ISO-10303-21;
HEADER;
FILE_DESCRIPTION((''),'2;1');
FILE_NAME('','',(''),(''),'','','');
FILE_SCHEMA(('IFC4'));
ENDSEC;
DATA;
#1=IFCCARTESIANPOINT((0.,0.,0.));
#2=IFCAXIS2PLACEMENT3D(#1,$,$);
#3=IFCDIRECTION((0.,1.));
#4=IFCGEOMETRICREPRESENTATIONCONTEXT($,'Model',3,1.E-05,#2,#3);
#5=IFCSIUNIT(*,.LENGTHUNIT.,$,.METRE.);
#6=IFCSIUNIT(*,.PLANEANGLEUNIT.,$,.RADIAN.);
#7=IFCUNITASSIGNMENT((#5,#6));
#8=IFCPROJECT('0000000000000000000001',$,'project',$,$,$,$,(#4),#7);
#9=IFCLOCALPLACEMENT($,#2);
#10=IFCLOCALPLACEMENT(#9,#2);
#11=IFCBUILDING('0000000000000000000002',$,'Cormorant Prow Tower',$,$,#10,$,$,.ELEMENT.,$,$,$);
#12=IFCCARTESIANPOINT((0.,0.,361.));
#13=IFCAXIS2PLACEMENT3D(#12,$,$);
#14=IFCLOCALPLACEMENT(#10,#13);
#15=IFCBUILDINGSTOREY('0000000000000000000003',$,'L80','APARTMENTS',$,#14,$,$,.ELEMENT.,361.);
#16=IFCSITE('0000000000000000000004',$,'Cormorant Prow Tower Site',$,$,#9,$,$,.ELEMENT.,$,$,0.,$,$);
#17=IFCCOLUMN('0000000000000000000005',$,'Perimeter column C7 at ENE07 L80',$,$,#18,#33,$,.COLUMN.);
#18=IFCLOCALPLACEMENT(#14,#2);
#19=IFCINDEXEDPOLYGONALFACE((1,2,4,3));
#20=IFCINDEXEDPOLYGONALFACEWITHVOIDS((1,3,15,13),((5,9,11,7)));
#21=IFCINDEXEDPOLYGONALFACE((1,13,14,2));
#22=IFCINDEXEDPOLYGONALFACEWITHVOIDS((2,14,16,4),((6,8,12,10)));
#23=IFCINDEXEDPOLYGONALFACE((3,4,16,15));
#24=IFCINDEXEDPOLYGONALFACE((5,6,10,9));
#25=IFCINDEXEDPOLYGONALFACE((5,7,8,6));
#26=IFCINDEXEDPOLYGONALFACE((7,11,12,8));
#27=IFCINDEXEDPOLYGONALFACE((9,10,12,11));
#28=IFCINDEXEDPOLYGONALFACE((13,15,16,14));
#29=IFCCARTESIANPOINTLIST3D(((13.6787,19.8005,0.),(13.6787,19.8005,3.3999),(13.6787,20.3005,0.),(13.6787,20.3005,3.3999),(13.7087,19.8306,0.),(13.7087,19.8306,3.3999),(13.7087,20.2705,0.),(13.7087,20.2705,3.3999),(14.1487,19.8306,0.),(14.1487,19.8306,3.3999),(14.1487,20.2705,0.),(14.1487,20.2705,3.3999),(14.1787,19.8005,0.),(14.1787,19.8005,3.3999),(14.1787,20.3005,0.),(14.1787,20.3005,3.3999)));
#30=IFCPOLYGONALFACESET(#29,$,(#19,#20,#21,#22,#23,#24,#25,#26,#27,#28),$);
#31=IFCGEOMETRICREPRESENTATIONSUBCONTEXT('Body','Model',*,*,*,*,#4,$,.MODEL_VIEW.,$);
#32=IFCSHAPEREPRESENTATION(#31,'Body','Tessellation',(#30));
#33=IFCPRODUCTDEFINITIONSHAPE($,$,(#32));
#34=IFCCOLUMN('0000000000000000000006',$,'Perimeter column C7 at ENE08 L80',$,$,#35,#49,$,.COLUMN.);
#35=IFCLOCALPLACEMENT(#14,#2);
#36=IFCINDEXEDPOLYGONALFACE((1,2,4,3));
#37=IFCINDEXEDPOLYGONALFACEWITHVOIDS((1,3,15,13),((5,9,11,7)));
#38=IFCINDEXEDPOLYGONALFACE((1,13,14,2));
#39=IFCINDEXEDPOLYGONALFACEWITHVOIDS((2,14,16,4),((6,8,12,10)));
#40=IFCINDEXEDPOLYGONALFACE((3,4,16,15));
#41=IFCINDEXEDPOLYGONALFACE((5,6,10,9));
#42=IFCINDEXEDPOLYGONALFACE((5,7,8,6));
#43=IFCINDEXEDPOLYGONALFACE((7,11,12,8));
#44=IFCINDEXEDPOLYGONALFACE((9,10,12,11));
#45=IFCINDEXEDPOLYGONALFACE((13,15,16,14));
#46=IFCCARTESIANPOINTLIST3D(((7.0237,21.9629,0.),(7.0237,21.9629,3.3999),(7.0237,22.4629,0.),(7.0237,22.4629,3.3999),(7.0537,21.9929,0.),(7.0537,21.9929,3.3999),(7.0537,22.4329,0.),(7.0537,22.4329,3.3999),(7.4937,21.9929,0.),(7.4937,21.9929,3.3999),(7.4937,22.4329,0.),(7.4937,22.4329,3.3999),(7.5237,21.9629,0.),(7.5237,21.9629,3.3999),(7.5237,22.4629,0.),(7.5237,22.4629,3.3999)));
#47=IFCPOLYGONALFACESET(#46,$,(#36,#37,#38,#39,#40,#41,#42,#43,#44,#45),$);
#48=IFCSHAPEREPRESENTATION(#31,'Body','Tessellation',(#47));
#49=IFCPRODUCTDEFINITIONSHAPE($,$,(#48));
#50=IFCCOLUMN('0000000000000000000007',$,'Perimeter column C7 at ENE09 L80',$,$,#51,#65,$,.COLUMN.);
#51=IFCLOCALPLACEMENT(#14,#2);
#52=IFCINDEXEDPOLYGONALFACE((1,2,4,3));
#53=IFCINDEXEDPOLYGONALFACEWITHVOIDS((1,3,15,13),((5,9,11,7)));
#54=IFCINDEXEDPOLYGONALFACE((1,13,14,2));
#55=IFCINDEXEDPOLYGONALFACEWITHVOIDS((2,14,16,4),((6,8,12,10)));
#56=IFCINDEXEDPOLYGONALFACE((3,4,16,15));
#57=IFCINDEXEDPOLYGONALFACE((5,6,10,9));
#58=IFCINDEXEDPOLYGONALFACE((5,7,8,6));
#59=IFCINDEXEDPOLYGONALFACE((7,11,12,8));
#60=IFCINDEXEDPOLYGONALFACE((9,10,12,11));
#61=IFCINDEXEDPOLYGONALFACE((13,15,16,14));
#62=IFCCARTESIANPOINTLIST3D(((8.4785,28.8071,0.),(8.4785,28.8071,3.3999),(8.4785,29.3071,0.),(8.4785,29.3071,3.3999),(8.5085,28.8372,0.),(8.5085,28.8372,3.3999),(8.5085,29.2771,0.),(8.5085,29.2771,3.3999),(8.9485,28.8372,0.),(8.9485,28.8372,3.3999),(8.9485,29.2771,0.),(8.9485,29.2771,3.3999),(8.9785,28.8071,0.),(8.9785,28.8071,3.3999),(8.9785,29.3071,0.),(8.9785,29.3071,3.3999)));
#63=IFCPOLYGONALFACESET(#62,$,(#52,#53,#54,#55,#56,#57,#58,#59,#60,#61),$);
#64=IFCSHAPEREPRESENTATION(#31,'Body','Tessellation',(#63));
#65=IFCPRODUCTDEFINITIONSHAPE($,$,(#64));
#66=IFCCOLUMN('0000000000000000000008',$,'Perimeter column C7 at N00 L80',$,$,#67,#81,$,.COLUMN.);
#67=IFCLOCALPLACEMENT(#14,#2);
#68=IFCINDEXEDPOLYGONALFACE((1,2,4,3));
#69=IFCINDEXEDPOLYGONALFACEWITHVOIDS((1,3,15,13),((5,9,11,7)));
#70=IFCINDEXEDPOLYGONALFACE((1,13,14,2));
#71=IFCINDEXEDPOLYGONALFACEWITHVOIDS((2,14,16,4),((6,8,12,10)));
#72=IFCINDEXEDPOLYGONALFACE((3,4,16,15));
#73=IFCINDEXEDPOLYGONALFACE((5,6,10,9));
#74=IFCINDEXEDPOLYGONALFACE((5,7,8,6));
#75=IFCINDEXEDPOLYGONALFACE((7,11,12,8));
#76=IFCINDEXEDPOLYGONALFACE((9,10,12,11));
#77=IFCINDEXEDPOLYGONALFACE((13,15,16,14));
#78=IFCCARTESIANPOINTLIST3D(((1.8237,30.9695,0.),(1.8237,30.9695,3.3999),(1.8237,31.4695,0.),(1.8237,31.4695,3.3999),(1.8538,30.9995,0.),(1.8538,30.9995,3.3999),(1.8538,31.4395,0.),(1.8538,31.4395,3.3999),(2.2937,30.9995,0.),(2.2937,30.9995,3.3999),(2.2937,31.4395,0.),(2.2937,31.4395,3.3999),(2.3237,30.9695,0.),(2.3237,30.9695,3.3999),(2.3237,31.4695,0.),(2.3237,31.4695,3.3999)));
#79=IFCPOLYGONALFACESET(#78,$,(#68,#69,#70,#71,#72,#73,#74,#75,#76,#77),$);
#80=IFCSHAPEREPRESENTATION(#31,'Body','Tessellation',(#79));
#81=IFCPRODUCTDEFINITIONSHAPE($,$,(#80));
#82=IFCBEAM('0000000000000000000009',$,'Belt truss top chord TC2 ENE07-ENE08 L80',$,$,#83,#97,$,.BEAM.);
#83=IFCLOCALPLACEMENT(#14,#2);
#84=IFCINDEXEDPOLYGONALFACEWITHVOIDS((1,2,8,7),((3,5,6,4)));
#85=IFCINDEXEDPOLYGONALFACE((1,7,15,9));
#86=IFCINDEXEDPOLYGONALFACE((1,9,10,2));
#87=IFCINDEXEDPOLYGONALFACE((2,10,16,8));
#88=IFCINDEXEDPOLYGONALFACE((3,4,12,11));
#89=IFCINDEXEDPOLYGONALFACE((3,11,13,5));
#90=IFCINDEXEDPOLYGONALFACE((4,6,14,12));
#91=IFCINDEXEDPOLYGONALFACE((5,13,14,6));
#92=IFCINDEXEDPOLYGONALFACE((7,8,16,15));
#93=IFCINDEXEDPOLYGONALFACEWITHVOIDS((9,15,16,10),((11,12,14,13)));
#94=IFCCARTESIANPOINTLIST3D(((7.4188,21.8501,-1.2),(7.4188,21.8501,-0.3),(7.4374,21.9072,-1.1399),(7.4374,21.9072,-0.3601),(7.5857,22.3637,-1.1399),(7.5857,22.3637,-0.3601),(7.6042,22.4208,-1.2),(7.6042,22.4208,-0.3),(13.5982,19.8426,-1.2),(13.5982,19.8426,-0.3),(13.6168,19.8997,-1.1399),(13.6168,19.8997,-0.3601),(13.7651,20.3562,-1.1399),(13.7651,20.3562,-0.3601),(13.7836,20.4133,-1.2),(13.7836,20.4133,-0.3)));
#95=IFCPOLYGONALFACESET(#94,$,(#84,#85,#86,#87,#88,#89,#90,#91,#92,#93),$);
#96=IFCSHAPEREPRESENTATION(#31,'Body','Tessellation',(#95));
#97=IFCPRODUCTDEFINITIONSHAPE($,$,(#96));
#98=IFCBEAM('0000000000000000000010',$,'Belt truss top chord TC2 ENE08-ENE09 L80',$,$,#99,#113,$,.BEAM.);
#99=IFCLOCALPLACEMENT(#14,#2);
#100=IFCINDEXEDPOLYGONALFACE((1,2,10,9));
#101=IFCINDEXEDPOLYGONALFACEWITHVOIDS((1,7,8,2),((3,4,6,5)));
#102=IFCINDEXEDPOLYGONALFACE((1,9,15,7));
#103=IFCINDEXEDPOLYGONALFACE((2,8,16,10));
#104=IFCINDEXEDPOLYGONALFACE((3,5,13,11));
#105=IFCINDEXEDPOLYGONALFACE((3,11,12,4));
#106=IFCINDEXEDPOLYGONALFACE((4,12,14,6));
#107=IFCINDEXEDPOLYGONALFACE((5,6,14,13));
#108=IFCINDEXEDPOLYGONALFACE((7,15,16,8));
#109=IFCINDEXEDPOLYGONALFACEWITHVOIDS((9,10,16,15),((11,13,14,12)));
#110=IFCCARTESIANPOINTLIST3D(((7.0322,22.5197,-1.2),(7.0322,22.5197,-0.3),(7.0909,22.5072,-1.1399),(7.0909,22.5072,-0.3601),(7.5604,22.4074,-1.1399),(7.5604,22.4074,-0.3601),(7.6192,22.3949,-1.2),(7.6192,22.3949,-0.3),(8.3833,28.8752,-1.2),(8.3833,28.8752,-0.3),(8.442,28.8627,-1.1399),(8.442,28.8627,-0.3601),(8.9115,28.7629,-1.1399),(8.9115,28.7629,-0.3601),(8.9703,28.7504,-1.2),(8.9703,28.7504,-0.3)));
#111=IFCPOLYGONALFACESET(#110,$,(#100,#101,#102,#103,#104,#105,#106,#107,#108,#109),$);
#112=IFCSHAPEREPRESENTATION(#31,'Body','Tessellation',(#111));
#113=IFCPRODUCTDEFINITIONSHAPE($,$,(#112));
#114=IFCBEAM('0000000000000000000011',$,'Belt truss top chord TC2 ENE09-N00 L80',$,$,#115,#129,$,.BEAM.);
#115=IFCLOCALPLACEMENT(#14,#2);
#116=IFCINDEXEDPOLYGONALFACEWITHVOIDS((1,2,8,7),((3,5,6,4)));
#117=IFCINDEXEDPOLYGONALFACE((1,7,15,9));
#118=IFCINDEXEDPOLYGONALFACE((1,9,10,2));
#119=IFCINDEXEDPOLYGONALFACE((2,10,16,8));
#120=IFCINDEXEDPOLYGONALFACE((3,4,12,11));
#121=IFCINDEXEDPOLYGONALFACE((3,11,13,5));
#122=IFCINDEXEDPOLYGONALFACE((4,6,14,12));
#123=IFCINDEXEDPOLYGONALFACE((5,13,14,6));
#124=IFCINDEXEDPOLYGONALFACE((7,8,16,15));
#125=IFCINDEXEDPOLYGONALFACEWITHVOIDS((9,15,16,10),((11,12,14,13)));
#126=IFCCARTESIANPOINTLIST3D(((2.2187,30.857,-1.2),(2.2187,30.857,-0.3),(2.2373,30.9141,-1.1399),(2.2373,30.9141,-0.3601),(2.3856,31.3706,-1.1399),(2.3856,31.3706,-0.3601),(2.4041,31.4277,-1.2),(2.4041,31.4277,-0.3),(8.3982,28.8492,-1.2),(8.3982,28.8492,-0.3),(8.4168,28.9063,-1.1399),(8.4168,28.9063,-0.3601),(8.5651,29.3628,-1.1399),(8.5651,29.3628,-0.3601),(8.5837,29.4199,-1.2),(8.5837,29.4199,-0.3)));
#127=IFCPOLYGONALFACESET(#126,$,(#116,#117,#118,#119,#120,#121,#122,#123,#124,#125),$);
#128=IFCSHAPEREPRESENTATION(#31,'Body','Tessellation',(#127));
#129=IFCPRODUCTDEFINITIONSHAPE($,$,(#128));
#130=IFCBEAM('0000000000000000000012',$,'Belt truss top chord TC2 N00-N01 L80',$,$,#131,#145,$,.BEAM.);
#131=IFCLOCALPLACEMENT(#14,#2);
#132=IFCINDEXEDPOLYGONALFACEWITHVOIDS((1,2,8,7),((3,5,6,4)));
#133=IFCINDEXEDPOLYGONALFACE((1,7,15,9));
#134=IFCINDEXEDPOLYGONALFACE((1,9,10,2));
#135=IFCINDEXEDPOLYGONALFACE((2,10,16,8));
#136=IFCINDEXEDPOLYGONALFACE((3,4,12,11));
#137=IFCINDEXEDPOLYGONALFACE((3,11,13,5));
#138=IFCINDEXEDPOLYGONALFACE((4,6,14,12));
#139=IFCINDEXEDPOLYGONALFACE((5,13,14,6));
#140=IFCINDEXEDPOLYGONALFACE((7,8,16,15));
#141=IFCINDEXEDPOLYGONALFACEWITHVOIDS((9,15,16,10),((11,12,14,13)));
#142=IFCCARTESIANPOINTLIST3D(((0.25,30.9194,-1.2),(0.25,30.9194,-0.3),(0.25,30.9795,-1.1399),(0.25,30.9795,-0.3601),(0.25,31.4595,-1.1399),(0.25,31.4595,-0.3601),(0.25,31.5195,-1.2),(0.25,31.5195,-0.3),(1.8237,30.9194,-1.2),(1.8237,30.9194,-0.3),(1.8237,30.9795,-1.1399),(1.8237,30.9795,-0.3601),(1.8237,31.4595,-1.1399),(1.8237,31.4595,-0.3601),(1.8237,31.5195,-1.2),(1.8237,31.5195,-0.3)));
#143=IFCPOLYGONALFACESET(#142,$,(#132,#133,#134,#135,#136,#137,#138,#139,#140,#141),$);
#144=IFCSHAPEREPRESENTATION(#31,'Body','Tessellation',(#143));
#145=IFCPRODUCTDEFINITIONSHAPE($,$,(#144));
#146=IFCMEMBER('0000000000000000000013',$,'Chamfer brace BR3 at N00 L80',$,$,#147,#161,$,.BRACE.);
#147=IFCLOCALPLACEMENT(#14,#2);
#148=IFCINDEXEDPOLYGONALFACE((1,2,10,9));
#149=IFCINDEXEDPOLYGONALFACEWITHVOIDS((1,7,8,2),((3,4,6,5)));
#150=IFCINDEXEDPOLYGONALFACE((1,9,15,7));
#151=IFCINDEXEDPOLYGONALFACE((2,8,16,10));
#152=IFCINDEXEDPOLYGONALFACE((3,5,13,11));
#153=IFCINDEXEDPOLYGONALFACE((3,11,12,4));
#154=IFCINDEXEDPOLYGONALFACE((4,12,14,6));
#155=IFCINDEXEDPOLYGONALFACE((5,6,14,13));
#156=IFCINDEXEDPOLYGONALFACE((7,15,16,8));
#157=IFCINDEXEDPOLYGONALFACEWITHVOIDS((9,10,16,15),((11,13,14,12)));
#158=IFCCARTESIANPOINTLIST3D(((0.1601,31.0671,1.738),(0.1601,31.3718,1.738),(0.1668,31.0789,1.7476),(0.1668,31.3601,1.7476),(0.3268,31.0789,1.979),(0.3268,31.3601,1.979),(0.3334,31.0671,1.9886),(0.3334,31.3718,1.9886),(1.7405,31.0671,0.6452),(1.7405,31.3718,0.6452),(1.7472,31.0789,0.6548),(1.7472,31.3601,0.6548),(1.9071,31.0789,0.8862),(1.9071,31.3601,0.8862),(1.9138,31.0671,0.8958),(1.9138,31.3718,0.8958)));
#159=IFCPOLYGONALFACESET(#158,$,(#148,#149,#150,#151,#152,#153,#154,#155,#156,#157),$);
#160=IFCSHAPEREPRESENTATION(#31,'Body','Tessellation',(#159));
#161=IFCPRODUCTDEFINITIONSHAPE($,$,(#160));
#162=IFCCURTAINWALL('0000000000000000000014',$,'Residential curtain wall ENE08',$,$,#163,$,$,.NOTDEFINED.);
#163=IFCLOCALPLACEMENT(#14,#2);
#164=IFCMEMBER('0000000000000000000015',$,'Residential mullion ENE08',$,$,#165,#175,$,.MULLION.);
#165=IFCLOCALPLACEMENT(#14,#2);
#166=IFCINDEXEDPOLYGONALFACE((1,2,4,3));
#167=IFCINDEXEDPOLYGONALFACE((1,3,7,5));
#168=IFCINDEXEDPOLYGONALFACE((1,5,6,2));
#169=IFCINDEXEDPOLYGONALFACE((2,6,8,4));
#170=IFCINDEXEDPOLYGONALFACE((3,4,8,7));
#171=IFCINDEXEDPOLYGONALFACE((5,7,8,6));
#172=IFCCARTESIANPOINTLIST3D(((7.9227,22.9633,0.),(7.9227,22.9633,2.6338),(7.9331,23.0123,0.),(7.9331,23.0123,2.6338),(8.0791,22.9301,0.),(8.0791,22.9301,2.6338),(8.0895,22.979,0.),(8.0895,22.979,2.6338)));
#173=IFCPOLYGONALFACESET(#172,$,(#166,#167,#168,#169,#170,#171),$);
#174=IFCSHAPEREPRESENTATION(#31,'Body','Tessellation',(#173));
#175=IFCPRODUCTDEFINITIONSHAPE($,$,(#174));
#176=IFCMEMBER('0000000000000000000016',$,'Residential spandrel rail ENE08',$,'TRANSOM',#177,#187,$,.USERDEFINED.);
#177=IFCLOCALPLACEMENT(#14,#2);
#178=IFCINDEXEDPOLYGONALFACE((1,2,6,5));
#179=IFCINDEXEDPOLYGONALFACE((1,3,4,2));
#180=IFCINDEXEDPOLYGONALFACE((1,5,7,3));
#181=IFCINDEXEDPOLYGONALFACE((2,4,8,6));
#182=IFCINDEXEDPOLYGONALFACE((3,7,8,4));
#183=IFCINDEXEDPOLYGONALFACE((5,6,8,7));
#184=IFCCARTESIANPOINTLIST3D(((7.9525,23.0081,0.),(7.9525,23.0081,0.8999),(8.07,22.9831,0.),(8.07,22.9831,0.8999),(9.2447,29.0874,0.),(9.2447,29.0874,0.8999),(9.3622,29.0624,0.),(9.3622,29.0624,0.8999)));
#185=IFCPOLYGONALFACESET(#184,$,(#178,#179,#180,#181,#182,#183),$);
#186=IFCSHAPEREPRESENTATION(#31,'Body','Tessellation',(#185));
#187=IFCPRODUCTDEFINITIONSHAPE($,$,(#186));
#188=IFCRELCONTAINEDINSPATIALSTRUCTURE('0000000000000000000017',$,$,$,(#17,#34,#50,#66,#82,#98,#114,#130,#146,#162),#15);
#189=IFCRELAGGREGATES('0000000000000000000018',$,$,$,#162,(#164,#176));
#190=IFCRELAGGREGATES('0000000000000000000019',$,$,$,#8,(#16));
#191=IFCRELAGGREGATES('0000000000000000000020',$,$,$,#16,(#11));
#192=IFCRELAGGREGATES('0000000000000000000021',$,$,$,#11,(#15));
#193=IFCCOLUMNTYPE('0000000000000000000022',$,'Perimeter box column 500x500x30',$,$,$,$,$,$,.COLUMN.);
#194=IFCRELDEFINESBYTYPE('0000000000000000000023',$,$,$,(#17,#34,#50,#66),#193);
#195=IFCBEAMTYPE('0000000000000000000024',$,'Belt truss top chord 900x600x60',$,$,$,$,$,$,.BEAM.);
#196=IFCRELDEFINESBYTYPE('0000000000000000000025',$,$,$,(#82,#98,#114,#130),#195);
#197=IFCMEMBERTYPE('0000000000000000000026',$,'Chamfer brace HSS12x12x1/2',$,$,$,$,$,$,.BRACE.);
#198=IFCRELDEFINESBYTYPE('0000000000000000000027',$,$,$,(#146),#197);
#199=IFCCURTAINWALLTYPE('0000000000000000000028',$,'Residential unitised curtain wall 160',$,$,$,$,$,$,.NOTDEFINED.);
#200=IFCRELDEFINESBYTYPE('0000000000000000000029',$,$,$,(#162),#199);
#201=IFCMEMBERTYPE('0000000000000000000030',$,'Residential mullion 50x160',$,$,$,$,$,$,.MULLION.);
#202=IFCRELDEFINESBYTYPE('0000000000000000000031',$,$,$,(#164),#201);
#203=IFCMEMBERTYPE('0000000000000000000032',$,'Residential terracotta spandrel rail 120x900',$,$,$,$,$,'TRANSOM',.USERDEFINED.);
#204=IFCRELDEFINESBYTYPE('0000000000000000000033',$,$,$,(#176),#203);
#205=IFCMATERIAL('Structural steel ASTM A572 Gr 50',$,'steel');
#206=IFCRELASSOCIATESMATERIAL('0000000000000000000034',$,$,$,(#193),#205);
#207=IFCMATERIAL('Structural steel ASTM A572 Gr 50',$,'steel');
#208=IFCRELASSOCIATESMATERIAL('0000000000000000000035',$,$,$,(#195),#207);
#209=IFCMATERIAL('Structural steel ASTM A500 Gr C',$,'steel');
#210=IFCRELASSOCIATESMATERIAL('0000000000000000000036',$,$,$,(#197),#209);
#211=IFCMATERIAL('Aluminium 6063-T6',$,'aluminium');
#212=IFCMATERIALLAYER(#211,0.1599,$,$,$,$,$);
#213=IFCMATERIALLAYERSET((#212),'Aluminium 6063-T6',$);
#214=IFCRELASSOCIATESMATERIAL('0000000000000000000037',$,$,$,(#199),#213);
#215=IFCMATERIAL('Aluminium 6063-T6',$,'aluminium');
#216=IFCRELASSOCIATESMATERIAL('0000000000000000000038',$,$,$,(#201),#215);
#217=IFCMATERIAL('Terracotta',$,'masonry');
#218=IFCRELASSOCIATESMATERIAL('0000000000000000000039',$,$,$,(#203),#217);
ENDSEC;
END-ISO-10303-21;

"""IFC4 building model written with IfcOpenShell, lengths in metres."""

from ifc_helpers import new_model, si_unit, direction, frame, origin, origin_2d, place, context, subcontext, project, spatial, rectangle, hollow_rectangle, extrude, material, layer, layer_set, material_profile, profile_set, type_object, element, aggregate, save


model = new_model("IFC4")

# Units and contexts
model_context = context("Model", 3, precision=1e-05, world=origin(), true_north=direction((0.0, 1.0)))
body_context = subcontext(model_context, "Body", "Model", "MODEL_VIEW")
ifc_project = project(units=[si_unit("LENGTHUNIT", "METRE"), si_unit("PLANEANGLEUNIT", "RADIAN")], contexts=[model_context])

# Site, building, storey
site_placement = place(None, origin())
site = spatial("IfcSite", under=ifc_project, at=site_placement, Name="Cormorant Prow Tower Site", CompositionType="ELEMENT", RefElevation=0.0)
building_placement = place(site_placement, origin())
building = spatial("IfcBuilding", under=site, at=building_placement, Name="Cormorant Prow Tower", CompositionType="ELEMENT")
storey_placement = place(building_placement, frame((0.0, 0.0, 361.0)))
storey = spatial("IfcBuildingStorey", under=building, at=storey_placement, Name="L80", Description="APARTMENTS", CompositionType="ELEMENT", Elevation=361.0)

# Columns
ifc_material_1 = material(Name="Structural steel ASTM A572 Gr 50", Category="steel")
ifc_material_profile_1 = material_profile(ifc_material_1, hollow_rectangle(XDim=0.5, YDim=0.5, WallThickness=0.03, at=origin_2d()), Name="Box 500x500x30")
ifc_profile_set_1 = profile_set([ifc_material_profile_1], Name="Structural steel ASTM A572 Gr 50")
column_type = type_object("IfcColumnType", Name="Perimeter box column 500x500x30", PredefinedType="COLUMN", material=ifc_profile_set_1)
for number, where, z_axis, x_axis, name in (
    (1, (13.9287, 20.0505, 0.0), (0.0, 0.0, 1.0), (1.0, 0.0, 0.0), "Perimeter column C7 at ENE07 L80"),
    (2, (7.2737, 22.2129, 0.0), (0.0, 0.0, 1.0), (1.0, 0.0, 0.0), "Perimeter column C7 at ENE08 L80"),
    (3, (8.7285, 29.0571, 0.0), (0.0, 0.0, 1.0), (1.0, 0.0, 0.0), "Perimeter column C7 at ENE09 L80"),
    (4, (2.0737, 31.2195, 0.0), (0.0, 0.0, 1.0), (1.0, 0.0, 0.0), "Perimeter column C7 at N00 L80"),
):
    element("IfcColumn", number, at=place(storey_placement, frame(where, z_axis=z_axis, x_axis=x_axis)), inside=storey, type_object=column_type, Name=name, PredefinedType="COLUMN", context=body_context, shape_type="SweptSolid", body=[
        extrude(hollow_rectangle(XDim=0.5, YDim=0.5, WallThickness=0.03, at=origin_2d()), origin(), (0.0, 0.0, 1.0), 3.3999),
    ])

# Beams
ifc_material_2 = material(Name="Structural steel ASTM A572 Gr 50", Category="steel")
ifc_material_profile_2 = material_profile(ifc_material_2, hollow_rectangle(XDim=0.6001, YDim=0.8999, WallThickness=0.0601, at=origin_2d()), Name="Box 900x600x60")
ifc_profile_set_2 = profile_set([ifc_material_profile_2], Name="Structural steel ASTM A572 Gr 50")
beam_type = type_object("IfcBeamType", Name="Belt truss top chord 900x600x60", PredefinedType="BEAM", material=ifc_profile_set_2)
beam_1_placement = place(storey_placement, frame((13.6909, 20.1279, -0.75), z_axis=(-0.951068, 0.308982, 0.0), x_axis=(-0.308982, -0.951068, 0.0)))
element("IfcBeam", 5, at=beam_1_placement, inside=storey, type_object=beam_type, Name="Belt truss top chord TC2 ENE07-ENE08 L80", PredefinedType="BEAM", context=body_context, shape_type="SweptSolid", body=[
    extrude(hollow_rectangle(XDim=0.6001, YDim=0.8999, WallThickness=0.0601, at=origin_2d()), origin(), (0.0, 0.0, 1.0), 6.4973),
])
for number, where, z_axis, x_axis, name in (
    (6, (7.3257, 22.4573, -0.75), (0.207938, 0.978142, 0.0), (-0.978142, 0.207938, 0.0), "Belt truss top chord TC2 ENE08-ENE09 L80"),
    (7, (8.491, 29.1345, -0.75), (-0.951057, 0.309016, 0.0), (-0.309016, -0.951057, 0.0), "Belt truss top chord TC2 ENE09-N00 L80"),
):
    element("IfcBeam", number, at=place(storey_placement, frame(where, z_axis=z_axis, x_axis=x_axis)), inside=storey, type_object=beam_type, Name=name, PredefinedType="BEAM", context=body_context, shape_type="SweptSolid", body=[
        extrude(hollow_rectangle(XDim=0.6001, YDim=0.8999, WallThickness=0.0601, at=origin_2d()), origin(), (0.0, 0.0, 1.0), 6.4976),
    ])
beam_2_placement = place(storey_placement, frame((1.8237, 31.2195, -0.75), z_axis=(-1.0, 0.0, 0.0), x_axis=(0.0, -1.0, 0.0)))
element("IfcBeam", 8, at=beam_2_placement, inside=storey, type_object=beam_type, Name="Belt truss top chord TC2 N00-N01 L80", PredefinedType="BEAM", context=body_context, shape_type="SweptSolid", body=[
    extrude(hollow_rectangle(XDim=0.6001, YDim=0.8999, WallThickness=0.0601, at=origin_2d()), origin(), (0.0, 0.0, 1.0), 1.5737),
])

# Member
ifc_material_3 = material(Name="Structural steel ASTM A500 Gr C", Category="steel")
ifc_material_profile_3 = material_profile(ifc_material_3, hollow_rectangle(XDim=0.3047, YDim=0.3047, WallThickness=0.0117, at=origin_2d()), Name="HSS12x12x1/2")
ifc_profile_set_3 = profile_set([ifc_material_profile_3], Name="Structural steel ASTM A500 Gr C")
member_type_1 = type_object("IfcMemberType", Name="Chamfer brace HSS12x12x1/2", PredefinedType="BRACE", material=ifc_profile_set_3)
member_1_placement = place(storey_placement, frame((1.8271, 31.2195, 0.7705), z_axis=(-0.822508, 0.0, 0.568754), x_axis=(0.0, -1.0, 0.0)))
element("IfcMember", 9, at=member_1_placement, inside=storey, type_object=member_type_1, Name="Chamfer brace BR3 at N00 L80", PredefinedType="BRACE", context=body_context, shape_type="SweptSolid", body=[
    extrude(hollow_rectangle(XDim=0.3047, YDim=0.3047, WallThickness=0.0117, at=origin_2d()), origin(), (0.0, 0.0, 1.0), 1.9214),
])

# Curtain wall, members
ifc_material_4 = material(Name="Aluminium 6063-T6", Category="aluminium")
ifc_layer_1 = layer(ifc_material_4, 0.1599)
ifc_layer_set_1 = layer_set([ifc_layer_1], Name="Aluminium 6063-T6")
curtain_wall_type = type_object("IfcCurtainWallType", Name="Residential unitised curtain wall 160", PredefinedType="NOTDEFINED", material=ifc_layer_set_1)
curtain_wall_placement = place(storey_placement, origin())
curtain_wall = element("IfcCurtainWall", 10, at=curtain_wall_placement, inside=storey, type_object=curtain_wall_type, Name="Residential curtain wall ENE08", PredefinedType="NOTDEFINED")
ifc_material_5 = material(Name="Aluminium 6063-T6", Category="aluminium")
ifc_material_profile_4 = material_profile(ifc_material_5, rectangle(XDim=0.1599, YDim=0.05, at=origin_2d()), Name="Residential mullion 50x160")
ifc_profile_set_4 = profile_set([ifc_material_profile_4], Name="Aluminium 6063-T6")
member_type_2 = type_object("IfcMemberType", Name="Residential mullion 50x160", PredefinedType="MULLION", material=ifc_profile_set_4)
member_2_placement = place(storey_placement, frame((8.0061, 22.9712, 0.0), z_axis=(0.0, 0.0, 1.0), x_axis=(-0.978148, 0.207912, 0.0)))
member_2 = element("IfcMember", 11, at=member_2_placement, type_object=member_type_2, Name="Residential mullion ENE08", PredefinedType="MULLION", context=body_context, shape_type="SweptSolid", body=[
    extrude(rectangle(XDim=0.1599, YDim=0.05, at=origin_2d()), origin(), (0.0, 0.0, 1.0), 2.6338),
])
ifc_material_6 = material(Name="Terracotta", Category="masonry")
ifc_material_profile_5 = material_profile(ifc_material_6, rectangle(XDim=0.1201, YDim=0.8999, at=origin_2d()), Name="Residential terracotta spandrel rail 120x900")
ifc_profile_set_5 = profile_set([ifc_material_profile_5], Name="Terracotta")
member_type_3 = type_object("IfcMemberType", Name="Residential terracotta spandrel rail 120x900", ElementType="TRANSOM", PredefinedType="USERDEFINED", material=ifc_profile_set_5)
member_3_placement = place(storey_placement, frame((8.0112, 22.9956, 0.45), z_axis=(0.207917, 0.978147, 0.0), x_axis=(-0.978147, 0.207917, 0.0)))
member_3 = element("IfcMember", 12, at=member_3_placement, type_object=member_type_3, Name="Residential spandrel rail ENE08", ObjectType="TRANSOM", PredefinedType="USERDEFINED", context=body_context, shape_type="SweptSolid", body=[
    extrude(rectangle(XDim=0.1201, YDim=0.8999, at=origin_2d()), origin(), (0.0, 0.0, 1.0), 6.2151),
])
aggregate(curtain_wall, [member_2, member_3])

save(model, "model.ifc")
